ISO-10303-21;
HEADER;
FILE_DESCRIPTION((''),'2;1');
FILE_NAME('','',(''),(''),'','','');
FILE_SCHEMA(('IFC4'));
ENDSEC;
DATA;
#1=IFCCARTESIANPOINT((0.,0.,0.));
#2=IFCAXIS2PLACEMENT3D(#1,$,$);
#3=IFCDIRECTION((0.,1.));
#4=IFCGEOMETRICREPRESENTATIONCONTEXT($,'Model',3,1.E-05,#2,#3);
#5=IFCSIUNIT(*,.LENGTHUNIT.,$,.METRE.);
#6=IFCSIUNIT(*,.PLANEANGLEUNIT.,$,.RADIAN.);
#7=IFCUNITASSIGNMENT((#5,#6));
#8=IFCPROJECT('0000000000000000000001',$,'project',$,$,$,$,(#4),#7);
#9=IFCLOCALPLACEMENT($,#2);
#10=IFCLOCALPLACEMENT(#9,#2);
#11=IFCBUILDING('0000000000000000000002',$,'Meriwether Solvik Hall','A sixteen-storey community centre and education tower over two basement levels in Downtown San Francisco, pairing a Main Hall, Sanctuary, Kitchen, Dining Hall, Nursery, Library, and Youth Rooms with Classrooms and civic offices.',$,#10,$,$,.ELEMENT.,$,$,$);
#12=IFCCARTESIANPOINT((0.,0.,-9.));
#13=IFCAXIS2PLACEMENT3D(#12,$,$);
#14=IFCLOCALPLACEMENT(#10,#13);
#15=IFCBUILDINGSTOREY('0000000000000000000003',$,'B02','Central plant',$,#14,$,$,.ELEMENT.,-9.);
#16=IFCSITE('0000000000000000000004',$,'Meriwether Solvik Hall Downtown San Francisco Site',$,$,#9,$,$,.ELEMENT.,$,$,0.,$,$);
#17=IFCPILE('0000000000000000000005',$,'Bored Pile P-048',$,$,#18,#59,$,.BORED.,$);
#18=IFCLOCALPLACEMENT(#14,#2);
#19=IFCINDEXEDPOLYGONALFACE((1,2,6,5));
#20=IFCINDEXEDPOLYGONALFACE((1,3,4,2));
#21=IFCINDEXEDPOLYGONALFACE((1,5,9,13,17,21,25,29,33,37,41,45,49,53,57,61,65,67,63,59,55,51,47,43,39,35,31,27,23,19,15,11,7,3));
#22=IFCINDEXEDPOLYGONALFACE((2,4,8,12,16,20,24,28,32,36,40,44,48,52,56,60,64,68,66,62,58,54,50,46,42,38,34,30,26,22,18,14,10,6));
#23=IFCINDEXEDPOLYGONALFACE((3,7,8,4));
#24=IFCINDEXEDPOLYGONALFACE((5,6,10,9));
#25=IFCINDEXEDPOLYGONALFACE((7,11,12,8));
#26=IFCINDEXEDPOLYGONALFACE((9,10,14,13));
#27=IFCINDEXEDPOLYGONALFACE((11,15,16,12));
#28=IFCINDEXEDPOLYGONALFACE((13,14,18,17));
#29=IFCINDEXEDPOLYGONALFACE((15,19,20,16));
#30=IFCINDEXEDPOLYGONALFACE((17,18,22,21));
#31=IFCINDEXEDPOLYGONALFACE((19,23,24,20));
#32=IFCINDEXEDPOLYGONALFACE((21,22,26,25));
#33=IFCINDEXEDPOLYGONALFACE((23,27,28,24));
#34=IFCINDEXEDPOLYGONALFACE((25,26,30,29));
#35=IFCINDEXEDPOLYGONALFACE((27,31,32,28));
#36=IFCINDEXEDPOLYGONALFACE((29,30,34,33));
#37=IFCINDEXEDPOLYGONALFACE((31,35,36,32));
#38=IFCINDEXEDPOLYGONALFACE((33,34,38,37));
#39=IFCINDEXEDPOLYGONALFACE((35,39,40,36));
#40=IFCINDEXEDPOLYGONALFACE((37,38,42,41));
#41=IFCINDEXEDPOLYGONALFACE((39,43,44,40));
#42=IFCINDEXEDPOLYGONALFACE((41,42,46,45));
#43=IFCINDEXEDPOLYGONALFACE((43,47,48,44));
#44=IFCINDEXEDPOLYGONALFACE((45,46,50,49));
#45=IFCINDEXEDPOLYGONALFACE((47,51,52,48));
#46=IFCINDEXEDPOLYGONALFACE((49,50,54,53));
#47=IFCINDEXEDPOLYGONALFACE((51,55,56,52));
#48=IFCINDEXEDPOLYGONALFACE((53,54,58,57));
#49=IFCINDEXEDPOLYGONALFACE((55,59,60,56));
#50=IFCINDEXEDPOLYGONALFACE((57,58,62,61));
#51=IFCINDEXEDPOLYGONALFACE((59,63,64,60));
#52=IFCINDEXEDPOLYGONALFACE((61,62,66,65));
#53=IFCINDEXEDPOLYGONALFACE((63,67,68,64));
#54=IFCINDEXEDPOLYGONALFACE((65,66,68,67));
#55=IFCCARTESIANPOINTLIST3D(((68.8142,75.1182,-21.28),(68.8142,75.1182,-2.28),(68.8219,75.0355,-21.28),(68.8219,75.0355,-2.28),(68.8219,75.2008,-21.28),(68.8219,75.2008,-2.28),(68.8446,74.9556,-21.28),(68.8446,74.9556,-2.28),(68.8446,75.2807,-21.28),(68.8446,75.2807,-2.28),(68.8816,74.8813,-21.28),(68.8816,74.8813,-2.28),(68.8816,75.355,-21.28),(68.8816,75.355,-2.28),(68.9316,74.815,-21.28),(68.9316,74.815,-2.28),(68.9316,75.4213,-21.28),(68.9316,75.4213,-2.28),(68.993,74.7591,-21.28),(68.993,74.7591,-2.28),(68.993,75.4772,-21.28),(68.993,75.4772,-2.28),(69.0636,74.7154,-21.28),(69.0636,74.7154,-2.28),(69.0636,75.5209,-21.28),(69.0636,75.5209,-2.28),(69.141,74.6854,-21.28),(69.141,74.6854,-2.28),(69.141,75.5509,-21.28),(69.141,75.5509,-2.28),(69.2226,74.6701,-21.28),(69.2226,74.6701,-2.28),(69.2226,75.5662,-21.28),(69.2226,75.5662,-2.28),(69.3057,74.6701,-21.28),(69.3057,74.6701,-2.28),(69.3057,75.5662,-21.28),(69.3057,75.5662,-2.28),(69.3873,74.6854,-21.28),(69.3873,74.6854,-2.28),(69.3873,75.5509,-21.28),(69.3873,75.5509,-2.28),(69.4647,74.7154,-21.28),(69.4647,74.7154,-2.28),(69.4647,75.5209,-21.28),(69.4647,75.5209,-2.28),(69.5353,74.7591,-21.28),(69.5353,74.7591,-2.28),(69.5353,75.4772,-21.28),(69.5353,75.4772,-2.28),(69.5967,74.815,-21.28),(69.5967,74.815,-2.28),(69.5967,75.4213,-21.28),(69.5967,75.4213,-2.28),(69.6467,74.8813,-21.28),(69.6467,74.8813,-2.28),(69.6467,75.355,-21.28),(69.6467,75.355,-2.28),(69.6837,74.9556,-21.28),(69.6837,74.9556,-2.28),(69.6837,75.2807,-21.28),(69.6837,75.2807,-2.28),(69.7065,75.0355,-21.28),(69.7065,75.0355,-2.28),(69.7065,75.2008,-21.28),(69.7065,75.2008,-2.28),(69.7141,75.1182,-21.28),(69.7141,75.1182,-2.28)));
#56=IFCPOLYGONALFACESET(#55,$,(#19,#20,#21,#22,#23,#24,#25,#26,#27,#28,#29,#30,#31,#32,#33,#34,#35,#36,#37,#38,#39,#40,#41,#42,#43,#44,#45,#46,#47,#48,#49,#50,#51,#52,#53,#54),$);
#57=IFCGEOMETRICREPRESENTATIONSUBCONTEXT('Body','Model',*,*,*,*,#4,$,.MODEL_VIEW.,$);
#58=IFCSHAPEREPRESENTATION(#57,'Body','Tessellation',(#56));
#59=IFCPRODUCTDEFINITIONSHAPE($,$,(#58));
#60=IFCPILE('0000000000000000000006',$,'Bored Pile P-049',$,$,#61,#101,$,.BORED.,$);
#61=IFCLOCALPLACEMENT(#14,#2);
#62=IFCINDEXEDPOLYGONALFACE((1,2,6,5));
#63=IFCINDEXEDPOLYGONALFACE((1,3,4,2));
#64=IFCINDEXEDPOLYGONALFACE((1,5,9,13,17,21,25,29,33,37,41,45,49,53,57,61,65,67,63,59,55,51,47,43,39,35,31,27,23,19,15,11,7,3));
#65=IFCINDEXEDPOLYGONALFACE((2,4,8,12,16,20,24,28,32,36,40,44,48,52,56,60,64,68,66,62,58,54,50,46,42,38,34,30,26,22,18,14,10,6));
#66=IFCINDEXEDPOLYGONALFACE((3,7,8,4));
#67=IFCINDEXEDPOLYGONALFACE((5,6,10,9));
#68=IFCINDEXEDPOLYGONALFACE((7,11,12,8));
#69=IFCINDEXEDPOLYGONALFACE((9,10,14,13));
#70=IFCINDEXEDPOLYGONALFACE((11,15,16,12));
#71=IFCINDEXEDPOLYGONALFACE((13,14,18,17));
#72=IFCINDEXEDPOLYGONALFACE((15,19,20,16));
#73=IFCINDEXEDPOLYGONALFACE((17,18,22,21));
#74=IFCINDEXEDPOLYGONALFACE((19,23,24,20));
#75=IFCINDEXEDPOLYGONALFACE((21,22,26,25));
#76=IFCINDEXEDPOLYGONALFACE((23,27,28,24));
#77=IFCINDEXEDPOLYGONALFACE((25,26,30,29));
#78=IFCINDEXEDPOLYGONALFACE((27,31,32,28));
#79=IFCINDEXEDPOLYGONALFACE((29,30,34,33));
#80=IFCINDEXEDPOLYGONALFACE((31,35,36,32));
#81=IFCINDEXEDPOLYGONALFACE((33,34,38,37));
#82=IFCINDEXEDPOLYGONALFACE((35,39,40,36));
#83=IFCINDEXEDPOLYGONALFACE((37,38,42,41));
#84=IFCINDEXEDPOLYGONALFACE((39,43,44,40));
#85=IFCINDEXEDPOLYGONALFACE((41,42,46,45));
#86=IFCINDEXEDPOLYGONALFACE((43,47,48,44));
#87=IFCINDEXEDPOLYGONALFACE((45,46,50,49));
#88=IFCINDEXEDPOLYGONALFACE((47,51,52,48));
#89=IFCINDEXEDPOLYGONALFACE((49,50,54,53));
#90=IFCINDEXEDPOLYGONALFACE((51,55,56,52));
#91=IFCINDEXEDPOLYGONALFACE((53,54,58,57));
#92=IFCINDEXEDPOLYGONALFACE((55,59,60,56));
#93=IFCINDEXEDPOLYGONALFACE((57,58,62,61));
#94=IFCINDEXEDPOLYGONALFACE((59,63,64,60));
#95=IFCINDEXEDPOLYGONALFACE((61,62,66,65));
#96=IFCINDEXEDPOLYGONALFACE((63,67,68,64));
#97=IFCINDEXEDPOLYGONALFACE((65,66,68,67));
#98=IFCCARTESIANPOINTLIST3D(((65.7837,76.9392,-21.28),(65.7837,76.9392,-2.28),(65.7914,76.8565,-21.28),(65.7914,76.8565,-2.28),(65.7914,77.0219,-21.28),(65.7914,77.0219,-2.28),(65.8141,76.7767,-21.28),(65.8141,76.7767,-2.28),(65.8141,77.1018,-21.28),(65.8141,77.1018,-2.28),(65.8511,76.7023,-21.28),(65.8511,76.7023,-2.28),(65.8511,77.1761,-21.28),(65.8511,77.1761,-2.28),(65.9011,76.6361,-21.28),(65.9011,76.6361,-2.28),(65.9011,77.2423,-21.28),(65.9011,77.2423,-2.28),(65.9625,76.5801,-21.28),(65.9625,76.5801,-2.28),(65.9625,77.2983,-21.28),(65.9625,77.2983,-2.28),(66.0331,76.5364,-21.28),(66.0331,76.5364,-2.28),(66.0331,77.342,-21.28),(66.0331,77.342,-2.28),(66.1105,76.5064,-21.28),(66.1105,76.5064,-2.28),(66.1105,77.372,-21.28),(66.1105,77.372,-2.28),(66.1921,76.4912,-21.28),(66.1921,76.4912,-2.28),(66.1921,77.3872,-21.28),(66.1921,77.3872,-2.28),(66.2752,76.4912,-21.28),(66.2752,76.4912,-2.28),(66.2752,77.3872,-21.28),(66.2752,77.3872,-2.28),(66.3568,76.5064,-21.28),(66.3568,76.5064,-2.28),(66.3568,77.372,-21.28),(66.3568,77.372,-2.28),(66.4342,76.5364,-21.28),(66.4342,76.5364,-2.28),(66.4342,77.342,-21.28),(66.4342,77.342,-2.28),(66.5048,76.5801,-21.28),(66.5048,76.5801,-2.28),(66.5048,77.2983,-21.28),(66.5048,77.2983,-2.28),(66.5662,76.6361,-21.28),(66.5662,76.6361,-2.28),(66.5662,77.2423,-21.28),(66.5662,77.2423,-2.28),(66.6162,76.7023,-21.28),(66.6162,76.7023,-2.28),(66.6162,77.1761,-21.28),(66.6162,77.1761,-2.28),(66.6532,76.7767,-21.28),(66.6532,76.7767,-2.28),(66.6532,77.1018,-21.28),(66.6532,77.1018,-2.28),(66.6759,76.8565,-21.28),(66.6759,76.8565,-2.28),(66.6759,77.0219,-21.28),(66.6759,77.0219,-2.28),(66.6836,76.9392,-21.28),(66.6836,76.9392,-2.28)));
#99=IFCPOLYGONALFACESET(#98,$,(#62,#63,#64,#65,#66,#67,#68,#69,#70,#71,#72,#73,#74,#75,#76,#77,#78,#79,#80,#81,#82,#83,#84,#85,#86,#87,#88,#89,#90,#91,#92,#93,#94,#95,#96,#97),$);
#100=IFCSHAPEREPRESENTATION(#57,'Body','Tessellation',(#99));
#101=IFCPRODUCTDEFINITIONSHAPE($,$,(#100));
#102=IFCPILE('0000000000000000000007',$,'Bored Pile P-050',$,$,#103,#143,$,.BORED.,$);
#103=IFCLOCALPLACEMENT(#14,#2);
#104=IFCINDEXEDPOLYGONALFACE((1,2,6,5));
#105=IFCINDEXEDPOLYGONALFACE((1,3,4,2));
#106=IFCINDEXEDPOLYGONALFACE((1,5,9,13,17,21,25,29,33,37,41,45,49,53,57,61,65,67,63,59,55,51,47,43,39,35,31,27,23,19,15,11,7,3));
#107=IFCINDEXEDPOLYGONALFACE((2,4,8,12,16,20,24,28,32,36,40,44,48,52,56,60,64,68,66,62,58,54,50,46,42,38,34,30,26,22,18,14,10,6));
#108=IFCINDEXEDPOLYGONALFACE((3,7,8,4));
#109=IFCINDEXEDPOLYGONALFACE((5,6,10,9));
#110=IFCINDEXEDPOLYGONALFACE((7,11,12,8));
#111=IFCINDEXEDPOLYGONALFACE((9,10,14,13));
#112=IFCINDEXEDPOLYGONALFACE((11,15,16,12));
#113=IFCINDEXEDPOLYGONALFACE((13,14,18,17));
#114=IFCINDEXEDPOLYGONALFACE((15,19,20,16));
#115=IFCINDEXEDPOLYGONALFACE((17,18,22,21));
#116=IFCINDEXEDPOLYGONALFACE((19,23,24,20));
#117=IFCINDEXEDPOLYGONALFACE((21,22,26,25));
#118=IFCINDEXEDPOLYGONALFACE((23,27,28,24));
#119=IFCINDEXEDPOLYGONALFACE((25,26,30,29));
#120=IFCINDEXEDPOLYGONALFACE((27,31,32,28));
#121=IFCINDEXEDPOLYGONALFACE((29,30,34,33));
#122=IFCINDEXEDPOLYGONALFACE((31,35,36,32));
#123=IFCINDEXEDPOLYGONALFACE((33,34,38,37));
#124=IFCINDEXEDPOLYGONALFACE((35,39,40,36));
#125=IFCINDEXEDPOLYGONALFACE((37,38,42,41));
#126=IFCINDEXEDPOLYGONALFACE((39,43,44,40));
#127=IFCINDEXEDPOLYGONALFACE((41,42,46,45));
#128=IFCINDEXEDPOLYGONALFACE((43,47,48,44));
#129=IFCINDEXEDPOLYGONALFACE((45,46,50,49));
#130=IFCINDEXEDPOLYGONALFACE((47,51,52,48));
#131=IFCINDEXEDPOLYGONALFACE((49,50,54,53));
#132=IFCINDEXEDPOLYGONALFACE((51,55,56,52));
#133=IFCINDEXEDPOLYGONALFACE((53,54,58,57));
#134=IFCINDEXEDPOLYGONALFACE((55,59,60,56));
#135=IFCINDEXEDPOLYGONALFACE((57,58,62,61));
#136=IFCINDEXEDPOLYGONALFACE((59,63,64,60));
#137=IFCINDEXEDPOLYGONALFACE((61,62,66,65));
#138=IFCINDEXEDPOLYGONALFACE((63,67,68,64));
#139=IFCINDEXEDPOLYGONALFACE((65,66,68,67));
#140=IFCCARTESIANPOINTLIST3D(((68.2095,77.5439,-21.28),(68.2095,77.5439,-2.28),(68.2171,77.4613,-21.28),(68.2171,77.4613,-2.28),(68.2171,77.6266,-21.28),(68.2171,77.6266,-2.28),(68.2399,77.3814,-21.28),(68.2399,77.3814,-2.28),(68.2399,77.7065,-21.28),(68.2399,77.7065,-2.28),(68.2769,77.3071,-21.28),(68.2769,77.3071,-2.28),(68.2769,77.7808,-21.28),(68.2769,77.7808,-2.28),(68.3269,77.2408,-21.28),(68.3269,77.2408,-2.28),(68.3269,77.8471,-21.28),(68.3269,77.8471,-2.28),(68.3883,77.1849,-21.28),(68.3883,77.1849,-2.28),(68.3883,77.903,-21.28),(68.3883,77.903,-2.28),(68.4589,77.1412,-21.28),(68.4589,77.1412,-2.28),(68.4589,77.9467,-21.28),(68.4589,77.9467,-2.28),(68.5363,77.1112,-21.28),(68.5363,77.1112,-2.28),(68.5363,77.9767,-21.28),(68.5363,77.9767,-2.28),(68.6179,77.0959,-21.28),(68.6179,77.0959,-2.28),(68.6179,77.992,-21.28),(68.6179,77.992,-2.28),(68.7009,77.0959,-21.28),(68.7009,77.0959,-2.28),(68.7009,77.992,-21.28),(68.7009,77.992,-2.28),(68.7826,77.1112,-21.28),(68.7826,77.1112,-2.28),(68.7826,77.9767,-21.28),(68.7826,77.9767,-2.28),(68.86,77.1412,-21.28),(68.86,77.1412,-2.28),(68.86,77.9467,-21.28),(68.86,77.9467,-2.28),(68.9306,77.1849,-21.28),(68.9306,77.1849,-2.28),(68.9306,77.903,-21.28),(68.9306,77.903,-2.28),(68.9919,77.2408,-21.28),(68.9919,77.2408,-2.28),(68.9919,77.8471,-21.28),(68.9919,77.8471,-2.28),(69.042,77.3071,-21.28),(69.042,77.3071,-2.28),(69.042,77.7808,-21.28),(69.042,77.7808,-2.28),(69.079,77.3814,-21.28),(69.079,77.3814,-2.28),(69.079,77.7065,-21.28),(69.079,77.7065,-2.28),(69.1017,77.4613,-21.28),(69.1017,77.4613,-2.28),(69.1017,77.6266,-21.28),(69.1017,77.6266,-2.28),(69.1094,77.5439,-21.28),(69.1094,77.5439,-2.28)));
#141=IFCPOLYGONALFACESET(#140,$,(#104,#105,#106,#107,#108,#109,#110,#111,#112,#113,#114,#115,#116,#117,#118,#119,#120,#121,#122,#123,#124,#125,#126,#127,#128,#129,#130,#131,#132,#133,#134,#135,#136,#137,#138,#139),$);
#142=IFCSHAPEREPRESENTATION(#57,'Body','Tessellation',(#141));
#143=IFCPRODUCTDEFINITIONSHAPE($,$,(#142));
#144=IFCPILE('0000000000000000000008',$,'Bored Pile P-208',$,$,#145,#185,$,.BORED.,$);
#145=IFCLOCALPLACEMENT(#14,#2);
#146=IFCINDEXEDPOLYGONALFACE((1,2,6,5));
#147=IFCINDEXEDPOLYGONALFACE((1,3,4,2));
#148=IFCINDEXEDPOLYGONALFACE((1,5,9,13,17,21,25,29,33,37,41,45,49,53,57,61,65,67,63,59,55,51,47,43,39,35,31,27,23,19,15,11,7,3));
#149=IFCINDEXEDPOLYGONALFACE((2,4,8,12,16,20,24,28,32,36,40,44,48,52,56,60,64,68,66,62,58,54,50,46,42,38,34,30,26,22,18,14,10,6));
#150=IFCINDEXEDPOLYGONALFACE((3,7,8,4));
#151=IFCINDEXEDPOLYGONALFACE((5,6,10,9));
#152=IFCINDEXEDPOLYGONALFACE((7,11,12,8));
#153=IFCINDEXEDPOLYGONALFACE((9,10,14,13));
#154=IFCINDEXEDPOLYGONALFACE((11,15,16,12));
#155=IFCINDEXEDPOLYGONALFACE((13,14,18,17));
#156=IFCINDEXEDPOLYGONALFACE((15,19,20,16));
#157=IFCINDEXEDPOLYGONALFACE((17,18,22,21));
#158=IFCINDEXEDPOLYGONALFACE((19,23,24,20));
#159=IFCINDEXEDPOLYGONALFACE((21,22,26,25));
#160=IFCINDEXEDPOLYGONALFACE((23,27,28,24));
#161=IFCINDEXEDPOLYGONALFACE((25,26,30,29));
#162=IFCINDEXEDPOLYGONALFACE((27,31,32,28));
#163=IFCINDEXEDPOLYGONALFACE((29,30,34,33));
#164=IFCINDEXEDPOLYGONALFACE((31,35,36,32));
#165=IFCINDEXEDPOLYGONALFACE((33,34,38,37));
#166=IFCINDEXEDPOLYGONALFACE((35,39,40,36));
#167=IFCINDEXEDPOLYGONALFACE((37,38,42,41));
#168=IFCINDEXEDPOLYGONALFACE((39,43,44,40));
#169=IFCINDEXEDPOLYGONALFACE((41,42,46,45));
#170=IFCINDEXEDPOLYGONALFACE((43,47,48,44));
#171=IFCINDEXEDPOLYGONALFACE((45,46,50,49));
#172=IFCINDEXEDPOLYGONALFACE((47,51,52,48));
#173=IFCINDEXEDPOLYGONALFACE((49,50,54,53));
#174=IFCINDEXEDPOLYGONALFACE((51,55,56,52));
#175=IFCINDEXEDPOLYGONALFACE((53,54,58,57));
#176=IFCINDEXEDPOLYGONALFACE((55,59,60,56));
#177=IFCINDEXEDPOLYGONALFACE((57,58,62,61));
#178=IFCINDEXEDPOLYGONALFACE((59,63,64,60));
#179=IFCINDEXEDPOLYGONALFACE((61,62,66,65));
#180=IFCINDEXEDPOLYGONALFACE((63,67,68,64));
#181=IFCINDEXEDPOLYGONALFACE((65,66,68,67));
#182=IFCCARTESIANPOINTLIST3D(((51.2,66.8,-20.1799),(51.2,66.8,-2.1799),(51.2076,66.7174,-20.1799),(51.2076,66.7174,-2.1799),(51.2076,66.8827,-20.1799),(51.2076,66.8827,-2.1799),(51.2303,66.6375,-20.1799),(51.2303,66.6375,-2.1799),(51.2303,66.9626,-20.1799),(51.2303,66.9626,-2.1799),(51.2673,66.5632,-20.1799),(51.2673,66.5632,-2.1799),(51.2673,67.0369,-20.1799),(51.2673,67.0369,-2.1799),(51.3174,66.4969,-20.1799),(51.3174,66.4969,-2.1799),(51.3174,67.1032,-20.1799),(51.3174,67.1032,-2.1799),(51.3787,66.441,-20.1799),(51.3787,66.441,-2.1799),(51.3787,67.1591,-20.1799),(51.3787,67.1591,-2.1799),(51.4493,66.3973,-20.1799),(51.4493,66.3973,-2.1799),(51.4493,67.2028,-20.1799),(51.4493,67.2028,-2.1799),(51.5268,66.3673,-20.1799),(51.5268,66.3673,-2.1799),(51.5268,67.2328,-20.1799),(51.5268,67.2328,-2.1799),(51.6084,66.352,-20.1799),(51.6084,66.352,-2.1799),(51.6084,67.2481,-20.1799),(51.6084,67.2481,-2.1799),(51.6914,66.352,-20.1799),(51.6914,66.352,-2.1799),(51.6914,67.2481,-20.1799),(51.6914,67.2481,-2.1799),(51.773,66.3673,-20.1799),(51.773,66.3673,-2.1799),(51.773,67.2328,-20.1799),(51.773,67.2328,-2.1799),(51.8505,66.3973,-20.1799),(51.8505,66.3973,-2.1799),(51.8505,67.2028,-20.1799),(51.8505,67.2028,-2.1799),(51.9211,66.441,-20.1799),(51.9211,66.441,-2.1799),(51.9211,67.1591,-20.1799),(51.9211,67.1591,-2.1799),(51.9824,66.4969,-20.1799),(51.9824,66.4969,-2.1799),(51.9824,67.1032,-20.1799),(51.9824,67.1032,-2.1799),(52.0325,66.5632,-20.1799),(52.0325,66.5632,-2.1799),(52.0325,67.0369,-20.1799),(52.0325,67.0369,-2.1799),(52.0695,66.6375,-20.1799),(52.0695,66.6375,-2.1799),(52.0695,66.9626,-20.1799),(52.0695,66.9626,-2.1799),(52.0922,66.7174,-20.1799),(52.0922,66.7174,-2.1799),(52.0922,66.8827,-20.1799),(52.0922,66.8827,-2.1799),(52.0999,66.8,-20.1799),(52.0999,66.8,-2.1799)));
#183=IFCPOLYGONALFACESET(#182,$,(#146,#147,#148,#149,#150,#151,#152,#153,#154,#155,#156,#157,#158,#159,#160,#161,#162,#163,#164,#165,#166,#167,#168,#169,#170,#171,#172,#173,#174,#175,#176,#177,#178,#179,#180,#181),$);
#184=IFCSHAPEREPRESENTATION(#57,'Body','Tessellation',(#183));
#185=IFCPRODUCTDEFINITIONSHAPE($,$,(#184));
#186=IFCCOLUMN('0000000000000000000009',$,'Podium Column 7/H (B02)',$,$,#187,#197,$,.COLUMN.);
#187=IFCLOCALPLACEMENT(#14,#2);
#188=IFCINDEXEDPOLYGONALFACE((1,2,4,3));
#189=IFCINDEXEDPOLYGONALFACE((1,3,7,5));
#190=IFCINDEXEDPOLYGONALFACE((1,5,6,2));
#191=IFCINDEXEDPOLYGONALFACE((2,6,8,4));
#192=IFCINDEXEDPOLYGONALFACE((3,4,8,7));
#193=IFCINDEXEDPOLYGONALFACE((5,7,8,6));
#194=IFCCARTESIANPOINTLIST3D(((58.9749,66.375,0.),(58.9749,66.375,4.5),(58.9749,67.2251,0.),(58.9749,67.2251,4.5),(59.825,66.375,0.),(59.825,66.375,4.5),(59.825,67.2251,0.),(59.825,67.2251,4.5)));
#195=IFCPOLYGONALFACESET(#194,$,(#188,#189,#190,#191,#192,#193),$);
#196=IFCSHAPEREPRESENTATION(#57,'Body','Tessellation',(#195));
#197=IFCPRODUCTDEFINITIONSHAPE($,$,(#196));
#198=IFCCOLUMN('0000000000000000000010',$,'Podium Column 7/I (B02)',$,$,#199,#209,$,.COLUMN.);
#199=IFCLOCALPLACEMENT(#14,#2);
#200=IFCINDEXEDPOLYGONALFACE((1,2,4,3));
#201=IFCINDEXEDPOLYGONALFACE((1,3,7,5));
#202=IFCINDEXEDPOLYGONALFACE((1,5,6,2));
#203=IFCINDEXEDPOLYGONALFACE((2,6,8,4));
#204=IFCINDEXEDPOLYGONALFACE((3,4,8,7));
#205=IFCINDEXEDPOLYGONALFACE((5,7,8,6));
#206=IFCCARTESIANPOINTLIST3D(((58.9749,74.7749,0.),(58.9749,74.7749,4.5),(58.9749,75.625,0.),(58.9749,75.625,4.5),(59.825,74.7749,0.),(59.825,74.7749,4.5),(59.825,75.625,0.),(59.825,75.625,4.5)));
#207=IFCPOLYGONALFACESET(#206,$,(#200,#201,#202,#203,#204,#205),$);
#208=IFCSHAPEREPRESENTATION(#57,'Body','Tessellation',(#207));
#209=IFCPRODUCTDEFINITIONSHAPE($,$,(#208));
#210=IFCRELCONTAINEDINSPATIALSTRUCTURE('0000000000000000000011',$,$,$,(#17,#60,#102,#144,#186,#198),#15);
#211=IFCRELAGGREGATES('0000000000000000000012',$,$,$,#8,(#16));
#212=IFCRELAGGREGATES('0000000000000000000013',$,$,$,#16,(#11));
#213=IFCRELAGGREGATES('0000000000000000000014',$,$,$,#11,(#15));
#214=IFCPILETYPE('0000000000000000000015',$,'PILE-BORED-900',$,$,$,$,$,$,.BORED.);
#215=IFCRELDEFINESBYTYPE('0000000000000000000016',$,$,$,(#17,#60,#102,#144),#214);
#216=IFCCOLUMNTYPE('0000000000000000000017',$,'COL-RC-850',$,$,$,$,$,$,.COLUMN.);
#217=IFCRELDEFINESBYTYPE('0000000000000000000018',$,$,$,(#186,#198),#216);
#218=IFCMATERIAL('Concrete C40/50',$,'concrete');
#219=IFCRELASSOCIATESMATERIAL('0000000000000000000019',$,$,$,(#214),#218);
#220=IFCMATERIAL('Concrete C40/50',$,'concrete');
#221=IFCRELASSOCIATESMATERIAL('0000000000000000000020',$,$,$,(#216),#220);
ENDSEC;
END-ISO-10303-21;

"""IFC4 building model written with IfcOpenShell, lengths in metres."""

from ifc_helpers import new_model, si_unit, direction, frame, origin, origin_2d, place, context, subcontext, project, spatial, rectangle, circle, extrude, material, material_profile, profile_set, type_object, element, save


model = new_model("IFC4")

# Units and contexts
model_context = context("Model", 3, precision=1e-05, world=origin(), true_north=direction((0.0, 1.0)))
body_context = subcontext(model_context, "Body", "Model", "MODEL_VIEW")
ifc_project = project(units=[si_unit("LENGTHUNIT", "METRE"), si_unit("PLANEANGLEUNIT", "RADIAN")], contexts=[model_context])

# Site, building, storey
site_placement = place(None, origin())
site = spatial("IfcSite", under=ifc_project, at=site_placement, Name="Meriwether Solvik Hall Downtown San Francisco Site", CompositionType="ELEMENT", RefElevation=0.0)
building_placement = place(site_placement, origin())
building = spatial("IfcBuilding", under=site, at=building_placement, Name="Meriwether Solvik Hall", Description="A sixteen-storey community centre and education tower over two basement levels in Downtown San Francisco, pairing a Main Hall, Sanctuary, Kitchen, Dining Hall, Nursery, Library, and Youth Rooms with Classrooms and civic offices.", CompositionType="ELEMENT")
storey_placement = place(building_placement, frame((0.0, 0.0, -9.0)))
storey = spatial("IfcBuildingStorey", under=building, at=storey_placement, Name="B02", Description="Central plant", CompositionType="ELEMENT", Elevation=-9.0)

# Piles
ifc_material_1 = material(Name="Concrete C40/50", Category="concrete")
ifc_material_profile_1 = material_profile(ifc_material_1, circle(Radius=0.45, at=origin_2d()), Name="PILE-D900")
ifc_profile_set_1 = profile_set([ifc_material_profile_1], Name="Concrete C40/50")
pile_type_1 = type_object("IfcPileType", Name="PILE-BORED-900", PredefinedType="BORED", material=ifc_profile_set_1)
for number, where, z_axis, x_axis, name in (
    (1, (69.2642, 75.1182, -2.28), (0.0, 0.0, -1.0), (1.0, 0.0, 0.0), "Bored Pile P-048"),
    (2, (66.2336, 76.9392, -2.28), (0.0, 0.0, -1.0), (1.0, 0.0, 0.0), "Bored Pile P-049"),
    (3, (68.6594, 77.5439, -2.28), (0.0, 0.0, -1.0), (1.0, 0.0, 0.0), "Bored Pile P-050"),
):
    element("IfcPile", number, at=place(storey_placement, frame(where, z_axis=z_axis, x_axis=x_axis)), inside=storey, type_object=pile_type_1, Name=name, PredefinedType="BORED", context=body_context, shape_type="SweptSolid", body=[
        extrude(circle(Radius=0.45, at=origin_2d()), origin(), (0.0, 0.0, 1.0), 19.0),
    ])
pile_placement = place(storey_placement, frame((51.6499, 66.8, -2.1799), z_axis=(0.0, 0.0, -1.0), x_axis=(1.0, 0.0, 0.0)))
element("IfcPile", 4, at=pile_placement, inside=storey, type_object=pile_type_1, Name="Bored Pile P-208", PredefinedType="BORED", context=body_context, shape_type="SweptSolid", body=[
    extrude(circle(Radius=0.45, at=origin_2d()), origin(), (0.0, 0.0, 1.0), 18.0),
])

# Columns
ifc_material_2 = material(Name="Concrete C40/50", Category="concrete")
ifc_material_profile_2 = material_profile(ifc_material_2, rectangle(XDim=0.8501, YDim=0.8501, at=origin_2d()), Name="RCC-850X850")
ifc_profile_set_2 = profile_set([ifc_material_profile_2], Name="Concrete C40/50")
column_type_1 = type_object("IfcColumnType", Name="COL-RC-850", PredefinedType="COLUMN", material=ifc_profile_set_2)
for number, where, z_axis, x_axis, name in (
    (5, (59.3999, 66.8, 0.0), (0.0, 0.0, 1.0), (1.0, 0.0, 0.0), "Podium Column 7/H (B02)"),
    (6, (59.3999, 75.2, 0.0), (0.0, 0.0, 1.0), (1.0, 0.0, 0.0), "Podium Column 7/I (B02)"),
):
    element("IfcColumn", number, at=place(storey_placement, frame(where, z_axis=z_axis, x_axis=x_axis)), inside=storey, type_object=column_type_1, Name=name, PredefinedType="COLUMN", context=body_context, shape_type="SweptSolid", body=[
        extrude(rectangle(XDim=0.8501, YDim=0.8501, at=origin_2d()), origin(), (0.0, 0.0, 1.0), 4.5),
    ])

save(model, "model.ifc")
